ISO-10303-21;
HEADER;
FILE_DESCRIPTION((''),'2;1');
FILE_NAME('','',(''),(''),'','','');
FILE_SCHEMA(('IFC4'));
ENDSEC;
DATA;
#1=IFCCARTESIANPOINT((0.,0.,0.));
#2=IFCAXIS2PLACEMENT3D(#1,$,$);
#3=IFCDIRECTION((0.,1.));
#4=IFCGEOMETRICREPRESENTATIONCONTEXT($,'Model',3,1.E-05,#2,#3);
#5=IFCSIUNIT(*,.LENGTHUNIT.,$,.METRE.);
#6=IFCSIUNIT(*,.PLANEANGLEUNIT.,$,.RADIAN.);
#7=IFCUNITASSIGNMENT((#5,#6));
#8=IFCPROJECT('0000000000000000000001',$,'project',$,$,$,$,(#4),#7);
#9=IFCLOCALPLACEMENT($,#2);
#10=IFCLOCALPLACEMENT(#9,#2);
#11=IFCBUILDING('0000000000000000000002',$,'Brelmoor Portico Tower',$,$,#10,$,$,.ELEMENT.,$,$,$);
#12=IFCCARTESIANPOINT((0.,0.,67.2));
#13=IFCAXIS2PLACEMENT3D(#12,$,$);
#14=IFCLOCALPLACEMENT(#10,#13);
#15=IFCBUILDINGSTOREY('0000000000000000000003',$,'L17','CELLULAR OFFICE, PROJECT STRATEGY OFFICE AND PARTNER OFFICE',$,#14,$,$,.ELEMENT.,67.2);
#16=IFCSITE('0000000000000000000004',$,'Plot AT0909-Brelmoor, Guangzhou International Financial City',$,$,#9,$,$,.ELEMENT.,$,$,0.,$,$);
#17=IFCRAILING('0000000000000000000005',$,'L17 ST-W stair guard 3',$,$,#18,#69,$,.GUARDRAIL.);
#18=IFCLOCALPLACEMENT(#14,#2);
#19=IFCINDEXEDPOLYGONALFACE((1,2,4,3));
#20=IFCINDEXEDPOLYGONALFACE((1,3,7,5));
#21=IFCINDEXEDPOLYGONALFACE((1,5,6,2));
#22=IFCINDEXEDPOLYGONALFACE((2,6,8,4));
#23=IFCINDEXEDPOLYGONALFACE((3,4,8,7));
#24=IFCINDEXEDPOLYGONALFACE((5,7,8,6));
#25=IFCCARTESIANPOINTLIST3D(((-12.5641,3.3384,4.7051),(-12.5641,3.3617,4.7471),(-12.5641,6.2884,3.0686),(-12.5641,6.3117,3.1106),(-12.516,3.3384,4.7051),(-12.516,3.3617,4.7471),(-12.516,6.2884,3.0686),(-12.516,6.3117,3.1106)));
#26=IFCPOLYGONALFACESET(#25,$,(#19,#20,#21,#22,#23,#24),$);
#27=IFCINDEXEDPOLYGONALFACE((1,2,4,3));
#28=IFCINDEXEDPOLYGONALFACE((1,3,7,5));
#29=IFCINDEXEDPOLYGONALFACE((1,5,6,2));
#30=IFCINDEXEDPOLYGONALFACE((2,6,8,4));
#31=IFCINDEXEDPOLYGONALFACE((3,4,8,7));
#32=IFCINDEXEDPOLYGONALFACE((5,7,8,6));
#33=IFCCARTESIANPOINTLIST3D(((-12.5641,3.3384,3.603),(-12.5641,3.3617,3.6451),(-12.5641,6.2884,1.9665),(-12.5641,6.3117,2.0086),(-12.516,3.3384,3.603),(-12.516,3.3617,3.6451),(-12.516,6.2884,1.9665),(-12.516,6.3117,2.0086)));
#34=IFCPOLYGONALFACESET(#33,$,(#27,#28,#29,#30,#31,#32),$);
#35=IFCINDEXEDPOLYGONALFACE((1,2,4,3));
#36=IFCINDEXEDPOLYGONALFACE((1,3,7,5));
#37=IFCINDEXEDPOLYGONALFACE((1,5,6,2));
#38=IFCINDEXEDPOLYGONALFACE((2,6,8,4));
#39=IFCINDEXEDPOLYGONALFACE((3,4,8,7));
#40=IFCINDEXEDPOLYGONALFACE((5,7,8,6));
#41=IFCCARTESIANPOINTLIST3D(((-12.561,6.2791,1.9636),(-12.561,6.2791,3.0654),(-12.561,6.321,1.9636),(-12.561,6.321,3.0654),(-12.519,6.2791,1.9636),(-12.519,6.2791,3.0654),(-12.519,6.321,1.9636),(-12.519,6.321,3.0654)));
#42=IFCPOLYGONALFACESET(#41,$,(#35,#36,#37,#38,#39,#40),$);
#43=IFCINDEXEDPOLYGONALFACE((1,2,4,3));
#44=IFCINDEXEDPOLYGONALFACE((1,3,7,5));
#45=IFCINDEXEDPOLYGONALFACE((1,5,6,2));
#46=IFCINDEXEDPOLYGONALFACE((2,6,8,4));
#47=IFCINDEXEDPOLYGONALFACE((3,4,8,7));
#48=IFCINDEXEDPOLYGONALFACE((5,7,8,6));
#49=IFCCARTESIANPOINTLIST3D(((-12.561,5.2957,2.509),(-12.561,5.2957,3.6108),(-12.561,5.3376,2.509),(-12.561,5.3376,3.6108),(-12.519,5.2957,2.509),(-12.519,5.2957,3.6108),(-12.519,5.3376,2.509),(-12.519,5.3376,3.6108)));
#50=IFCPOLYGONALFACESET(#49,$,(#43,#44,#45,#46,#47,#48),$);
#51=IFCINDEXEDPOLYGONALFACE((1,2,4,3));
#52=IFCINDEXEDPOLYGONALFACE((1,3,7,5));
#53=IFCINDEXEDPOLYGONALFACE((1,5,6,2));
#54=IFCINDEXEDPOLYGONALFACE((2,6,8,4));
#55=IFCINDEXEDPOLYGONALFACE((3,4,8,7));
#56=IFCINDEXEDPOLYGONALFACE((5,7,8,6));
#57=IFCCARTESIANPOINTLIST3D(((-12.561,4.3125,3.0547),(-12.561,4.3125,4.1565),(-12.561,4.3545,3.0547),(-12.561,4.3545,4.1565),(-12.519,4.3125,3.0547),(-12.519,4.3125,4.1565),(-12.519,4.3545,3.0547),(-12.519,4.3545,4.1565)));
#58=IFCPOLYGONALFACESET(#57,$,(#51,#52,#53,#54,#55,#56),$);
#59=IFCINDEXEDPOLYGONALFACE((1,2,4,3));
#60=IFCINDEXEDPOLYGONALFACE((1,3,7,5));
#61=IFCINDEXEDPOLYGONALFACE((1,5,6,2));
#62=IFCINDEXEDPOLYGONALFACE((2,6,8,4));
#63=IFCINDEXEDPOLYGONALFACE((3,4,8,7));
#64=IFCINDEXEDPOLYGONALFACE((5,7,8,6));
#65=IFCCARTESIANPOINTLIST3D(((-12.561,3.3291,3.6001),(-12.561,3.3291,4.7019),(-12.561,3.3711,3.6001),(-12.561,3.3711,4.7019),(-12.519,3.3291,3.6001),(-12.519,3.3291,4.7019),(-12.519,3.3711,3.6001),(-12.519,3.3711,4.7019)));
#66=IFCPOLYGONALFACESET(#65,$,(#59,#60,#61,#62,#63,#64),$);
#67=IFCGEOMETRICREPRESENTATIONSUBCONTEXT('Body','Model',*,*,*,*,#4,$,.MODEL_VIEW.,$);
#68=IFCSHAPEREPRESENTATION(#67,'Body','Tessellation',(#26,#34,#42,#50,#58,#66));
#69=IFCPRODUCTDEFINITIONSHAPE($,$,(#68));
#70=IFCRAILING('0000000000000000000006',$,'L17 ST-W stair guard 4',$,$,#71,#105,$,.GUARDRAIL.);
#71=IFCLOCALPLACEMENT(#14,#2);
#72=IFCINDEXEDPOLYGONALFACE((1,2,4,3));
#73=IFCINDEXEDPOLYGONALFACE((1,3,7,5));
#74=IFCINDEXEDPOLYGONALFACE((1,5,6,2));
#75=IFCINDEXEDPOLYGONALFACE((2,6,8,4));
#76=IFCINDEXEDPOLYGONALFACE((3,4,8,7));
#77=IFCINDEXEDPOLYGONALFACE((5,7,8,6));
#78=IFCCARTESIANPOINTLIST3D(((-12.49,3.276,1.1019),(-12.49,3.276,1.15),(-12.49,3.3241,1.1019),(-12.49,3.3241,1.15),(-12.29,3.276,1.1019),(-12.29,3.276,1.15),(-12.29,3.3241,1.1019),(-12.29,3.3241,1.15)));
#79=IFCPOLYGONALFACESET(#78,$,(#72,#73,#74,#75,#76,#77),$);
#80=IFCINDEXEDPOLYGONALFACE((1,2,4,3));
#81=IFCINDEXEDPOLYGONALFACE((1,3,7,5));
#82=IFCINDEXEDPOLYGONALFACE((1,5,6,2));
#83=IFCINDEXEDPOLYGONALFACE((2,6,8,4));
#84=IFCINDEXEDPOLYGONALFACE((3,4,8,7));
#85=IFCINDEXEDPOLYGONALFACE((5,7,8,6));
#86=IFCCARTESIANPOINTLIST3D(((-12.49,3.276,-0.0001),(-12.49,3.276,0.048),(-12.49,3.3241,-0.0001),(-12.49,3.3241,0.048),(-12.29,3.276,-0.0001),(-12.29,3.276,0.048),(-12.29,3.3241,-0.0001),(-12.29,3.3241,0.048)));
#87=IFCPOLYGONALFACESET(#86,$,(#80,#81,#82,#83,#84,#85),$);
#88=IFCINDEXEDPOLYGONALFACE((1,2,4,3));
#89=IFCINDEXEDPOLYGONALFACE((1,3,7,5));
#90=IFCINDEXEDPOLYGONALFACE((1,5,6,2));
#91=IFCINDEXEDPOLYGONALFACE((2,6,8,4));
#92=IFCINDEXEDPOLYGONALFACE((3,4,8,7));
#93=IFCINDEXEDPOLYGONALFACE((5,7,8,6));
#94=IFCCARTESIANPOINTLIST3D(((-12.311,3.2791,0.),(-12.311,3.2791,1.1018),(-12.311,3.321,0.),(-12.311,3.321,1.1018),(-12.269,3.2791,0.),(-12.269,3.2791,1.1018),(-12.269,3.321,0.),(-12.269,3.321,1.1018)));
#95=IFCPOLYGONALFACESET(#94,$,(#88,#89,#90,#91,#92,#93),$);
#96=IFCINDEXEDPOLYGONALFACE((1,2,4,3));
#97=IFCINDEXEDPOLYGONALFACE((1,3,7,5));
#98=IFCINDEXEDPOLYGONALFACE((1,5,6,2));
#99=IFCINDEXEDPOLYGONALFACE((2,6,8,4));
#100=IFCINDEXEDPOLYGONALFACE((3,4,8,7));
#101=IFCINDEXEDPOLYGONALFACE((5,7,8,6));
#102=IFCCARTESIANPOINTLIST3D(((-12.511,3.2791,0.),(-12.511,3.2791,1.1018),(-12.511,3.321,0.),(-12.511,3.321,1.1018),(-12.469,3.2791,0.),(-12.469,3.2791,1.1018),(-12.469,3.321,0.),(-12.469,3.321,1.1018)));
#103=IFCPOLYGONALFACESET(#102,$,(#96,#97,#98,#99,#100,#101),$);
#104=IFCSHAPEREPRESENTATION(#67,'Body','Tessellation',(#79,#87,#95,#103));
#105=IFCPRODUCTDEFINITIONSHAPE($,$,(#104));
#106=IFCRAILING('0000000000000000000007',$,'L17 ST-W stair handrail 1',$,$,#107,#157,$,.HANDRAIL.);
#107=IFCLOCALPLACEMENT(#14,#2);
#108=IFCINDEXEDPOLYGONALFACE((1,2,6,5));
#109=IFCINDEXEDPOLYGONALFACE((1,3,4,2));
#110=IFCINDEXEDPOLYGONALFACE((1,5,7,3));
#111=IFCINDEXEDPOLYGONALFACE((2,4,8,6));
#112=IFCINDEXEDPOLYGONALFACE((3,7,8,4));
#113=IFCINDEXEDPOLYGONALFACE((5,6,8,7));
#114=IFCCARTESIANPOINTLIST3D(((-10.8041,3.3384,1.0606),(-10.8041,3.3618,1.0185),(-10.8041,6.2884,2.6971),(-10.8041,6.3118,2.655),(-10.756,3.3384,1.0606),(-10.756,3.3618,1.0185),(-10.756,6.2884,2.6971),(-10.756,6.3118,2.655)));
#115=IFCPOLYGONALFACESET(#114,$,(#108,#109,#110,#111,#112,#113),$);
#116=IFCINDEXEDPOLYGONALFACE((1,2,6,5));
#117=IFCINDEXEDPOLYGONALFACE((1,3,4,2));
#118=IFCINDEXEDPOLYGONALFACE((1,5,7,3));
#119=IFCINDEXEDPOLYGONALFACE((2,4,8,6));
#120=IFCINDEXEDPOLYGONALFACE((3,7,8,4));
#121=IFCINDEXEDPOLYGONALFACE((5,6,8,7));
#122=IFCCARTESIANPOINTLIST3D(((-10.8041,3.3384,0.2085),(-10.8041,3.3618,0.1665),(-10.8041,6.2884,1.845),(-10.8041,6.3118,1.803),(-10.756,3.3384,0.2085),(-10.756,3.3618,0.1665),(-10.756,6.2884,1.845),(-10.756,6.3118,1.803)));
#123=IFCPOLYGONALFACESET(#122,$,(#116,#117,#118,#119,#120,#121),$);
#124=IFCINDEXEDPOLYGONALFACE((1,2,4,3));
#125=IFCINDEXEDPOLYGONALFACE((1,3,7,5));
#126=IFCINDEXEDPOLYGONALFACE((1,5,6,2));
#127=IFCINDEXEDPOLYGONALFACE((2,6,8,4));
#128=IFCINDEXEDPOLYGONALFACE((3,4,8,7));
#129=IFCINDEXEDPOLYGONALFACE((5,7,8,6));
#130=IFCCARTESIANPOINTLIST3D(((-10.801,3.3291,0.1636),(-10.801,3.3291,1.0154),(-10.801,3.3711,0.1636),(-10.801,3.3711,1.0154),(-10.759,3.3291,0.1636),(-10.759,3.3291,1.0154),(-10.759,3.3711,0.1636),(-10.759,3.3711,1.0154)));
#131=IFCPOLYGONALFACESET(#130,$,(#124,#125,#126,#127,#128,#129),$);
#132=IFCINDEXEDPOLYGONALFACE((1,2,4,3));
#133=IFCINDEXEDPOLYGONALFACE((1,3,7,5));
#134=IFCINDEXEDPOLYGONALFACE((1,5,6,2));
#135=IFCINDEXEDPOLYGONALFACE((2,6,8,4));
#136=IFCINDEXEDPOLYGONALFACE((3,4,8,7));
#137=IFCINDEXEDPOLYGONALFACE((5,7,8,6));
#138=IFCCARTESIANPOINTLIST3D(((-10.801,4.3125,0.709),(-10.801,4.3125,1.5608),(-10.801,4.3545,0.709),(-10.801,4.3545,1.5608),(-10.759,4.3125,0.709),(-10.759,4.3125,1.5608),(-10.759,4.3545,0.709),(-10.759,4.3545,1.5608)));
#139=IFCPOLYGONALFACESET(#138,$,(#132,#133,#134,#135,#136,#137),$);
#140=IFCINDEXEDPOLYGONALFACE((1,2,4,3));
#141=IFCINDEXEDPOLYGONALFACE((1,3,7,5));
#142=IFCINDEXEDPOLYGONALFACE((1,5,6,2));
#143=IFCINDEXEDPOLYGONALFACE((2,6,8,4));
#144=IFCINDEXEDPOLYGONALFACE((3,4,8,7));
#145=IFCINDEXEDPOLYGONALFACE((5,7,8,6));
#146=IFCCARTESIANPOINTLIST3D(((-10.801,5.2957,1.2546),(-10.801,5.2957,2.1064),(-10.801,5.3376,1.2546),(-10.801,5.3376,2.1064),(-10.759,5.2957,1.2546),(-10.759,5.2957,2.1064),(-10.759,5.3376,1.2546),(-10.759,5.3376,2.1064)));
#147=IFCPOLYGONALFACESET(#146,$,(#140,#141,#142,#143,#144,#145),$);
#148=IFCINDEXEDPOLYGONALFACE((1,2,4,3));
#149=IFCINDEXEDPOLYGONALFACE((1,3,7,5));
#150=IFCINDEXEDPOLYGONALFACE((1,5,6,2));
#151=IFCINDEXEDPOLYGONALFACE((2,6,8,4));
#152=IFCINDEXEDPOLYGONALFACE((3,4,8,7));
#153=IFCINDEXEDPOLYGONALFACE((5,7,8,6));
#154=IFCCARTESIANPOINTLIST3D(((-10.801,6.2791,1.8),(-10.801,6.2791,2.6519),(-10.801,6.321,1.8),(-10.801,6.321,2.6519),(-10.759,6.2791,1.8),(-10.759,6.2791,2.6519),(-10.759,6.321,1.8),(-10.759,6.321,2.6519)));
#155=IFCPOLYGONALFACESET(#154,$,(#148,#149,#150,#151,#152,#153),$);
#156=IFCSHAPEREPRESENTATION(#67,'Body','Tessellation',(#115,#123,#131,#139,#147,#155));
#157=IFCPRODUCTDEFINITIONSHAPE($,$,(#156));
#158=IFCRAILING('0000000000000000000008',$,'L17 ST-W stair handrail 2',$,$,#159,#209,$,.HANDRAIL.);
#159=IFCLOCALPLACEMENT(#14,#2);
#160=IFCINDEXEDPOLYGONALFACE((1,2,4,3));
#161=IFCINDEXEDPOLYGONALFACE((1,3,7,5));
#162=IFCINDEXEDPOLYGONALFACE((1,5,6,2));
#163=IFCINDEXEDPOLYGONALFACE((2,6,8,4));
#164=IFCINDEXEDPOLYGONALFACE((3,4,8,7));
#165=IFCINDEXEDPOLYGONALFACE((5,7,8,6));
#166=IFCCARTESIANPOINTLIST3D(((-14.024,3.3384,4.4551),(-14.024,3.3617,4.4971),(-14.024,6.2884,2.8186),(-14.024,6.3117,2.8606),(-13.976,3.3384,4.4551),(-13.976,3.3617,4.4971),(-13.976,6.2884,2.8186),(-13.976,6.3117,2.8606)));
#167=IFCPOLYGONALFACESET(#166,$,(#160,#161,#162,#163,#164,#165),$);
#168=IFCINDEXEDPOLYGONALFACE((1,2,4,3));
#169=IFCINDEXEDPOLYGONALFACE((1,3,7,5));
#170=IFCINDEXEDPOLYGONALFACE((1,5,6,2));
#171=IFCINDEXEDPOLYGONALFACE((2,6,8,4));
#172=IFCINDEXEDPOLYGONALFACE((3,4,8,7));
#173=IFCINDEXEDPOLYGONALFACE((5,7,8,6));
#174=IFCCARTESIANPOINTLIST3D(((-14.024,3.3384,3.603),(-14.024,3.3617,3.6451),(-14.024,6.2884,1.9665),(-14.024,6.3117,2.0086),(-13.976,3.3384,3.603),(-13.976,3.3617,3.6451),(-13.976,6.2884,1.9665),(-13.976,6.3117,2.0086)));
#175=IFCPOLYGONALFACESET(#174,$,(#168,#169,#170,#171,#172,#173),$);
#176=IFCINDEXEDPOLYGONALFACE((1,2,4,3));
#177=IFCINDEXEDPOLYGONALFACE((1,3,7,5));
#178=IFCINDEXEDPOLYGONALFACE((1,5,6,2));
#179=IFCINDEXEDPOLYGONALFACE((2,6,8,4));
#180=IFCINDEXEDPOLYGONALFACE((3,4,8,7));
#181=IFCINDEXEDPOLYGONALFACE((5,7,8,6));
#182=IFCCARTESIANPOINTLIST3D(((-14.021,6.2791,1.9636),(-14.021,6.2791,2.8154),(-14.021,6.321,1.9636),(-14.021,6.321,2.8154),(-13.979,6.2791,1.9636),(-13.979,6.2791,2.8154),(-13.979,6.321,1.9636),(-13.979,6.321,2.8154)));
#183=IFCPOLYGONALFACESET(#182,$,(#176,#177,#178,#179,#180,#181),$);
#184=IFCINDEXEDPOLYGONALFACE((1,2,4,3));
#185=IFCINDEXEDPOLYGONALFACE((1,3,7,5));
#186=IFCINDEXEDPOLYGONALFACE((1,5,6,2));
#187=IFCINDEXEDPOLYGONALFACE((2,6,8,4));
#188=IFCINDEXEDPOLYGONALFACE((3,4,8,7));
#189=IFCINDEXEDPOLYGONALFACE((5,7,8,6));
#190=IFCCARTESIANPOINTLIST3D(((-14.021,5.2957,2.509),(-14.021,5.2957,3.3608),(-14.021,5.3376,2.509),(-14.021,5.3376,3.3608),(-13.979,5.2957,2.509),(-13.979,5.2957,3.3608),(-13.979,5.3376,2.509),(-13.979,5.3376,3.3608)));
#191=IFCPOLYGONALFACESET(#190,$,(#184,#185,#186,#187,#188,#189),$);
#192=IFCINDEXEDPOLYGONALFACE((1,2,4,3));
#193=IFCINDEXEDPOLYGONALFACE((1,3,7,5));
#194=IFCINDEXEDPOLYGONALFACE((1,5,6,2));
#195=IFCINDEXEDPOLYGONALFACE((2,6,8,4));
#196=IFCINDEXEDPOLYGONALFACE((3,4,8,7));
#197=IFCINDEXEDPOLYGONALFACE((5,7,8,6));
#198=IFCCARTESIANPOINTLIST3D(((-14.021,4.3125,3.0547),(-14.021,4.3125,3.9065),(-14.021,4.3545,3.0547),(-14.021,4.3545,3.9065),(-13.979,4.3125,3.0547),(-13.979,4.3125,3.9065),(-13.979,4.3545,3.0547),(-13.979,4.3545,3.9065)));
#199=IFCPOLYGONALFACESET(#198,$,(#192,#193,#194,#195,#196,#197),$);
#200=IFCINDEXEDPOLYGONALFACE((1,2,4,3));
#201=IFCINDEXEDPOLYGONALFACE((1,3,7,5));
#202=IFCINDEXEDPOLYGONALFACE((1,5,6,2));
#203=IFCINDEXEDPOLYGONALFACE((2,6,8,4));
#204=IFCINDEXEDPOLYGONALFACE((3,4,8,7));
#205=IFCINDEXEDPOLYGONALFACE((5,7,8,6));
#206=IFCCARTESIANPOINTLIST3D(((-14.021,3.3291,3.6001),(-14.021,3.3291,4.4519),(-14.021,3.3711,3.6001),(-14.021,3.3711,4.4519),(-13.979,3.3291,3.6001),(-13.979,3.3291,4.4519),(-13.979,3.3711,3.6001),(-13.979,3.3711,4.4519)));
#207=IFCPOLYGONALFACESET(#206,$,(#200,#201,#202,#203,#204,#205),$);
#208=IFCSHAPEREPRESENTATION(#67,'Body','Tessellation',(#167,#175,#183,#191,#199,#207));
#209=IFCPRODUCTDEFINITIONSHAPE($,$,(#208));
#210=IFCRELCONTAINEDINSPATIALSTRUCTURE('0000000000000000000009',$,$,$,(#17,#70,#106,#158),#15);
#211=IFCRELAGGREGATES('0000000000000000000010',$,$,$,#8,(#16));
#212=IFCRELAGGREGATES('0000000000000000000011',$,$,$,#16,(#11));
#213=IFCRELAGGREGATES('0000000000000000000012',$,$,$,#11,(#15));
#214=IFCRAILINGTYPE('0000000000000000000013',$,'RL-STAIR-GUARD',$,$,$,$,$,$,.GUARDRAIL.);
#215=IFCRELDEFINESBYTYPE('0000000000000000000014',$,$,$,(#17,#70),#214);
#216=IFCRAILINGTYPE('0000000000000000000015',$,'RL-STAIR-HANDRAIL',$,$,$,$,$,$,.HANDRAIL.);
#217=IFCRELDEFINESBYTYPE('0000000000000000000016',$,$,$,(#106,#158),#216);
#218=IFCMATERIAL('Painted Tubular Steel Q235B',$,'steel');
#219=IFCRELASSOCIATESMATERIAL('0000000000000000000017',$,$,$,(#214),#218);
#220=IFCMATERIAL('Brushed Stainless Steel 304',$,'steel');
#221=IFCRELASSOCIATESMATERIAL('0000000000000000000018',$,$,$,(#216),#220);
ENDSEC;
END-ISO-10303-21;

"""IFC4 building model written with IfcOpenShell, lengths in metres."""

from ifc_helpers import new_model, si_unit, direction, frame, origin, origin_2d, place, context, subcontext, project, spatial, rectangle, extrude, material, type_object, element, save


model = new_model("IFC4")

# Units and contexts
model_context = context("Model", 3, precision=1e-05, world=origin(), true_north=direction((0.0, 1.0)))
body_context = subcontext(model_context, "Body", "Model", "MODEL_VIEW")
ifc_project = project(units=[si_unit("LENGTHUNIT", "METRE"), si_unit("PLANEANGLEUNIT", "RADIAN")], contexts=[model_context])

# Site, building, storey
site_placement = place(None, origin())
site = spatial("IfcSite", under=ifc_project, at=site_placement, Name="Plot AT0909-Brelmoor, Guangzhou International Financial City", CompositionType="ELEMENT", RefElevation=0.0)
building_placement = place(site_placement, origin())
building = spatial("IfcBuilding", under=site, at=building_placement, Name="Brelmoor Portico Tower", CompositionType="ELEMENT")
storey_placement = place(building_placement, frame((0.0, 0.0, 67.2)))
storey = spatial("IfcBuildingStorey", under=building, at=storey_placement, Name="L17", Description="CELLULAR OFFICE, PROJECT STRATEGY OFFICE AND PARTNER OFFICE", CompositionType="ELEMENT", Elevation=67.2)

# Railings
ifc_material_1 = material(Name="Painted Tubular Steel Q235B", Category="steel")
railing_type_1 = type_object("IfcRailingType", Name="RL-STAIR-GUARD", PredefinedType="GUARDRAIL", material=ifc_material_1)
railing_1_placement = place(storey_placement, frame((-12.54, 6.3, 1.9636)))
element("IfcRailing", 1, at=railing_1_placement, inside=storey, type_object=railing_type_1, Name="L17 ST-W stair guard 3", PredefinedType="GUARDRAIL", context=body_context, shape_type="SweptSolid", body=[
    extrude(rectangle(XDim=0.0481, YDim=0.0481, at=origin_2d()), frame((0.0, 0.0, 1.126), z_axis=(0.0, -0.874458, 0.485102), x_axis=(1.0, 0.0, 0.0)), (0.0, 0.0, 1.0), 3.3735),
    extrude(rectangle(XDim=0.0481, YDim=0.0481, at=origin_2d()), frame((0.0, 0.0, 0.0239), z_axis=(0.0, -0.874458, 0.485102), x_axis=(1.0, 0.0, 0.0)), (0.0, 0.0, 1.0), 3.3735),
    extrude(rectangle(XDim=0.042, YDim=0.042, at=origin_2d()), origin(), (0.0, 0.0, 1.0), 1.1018),
    extrude(rectangle(XDim=0.042, YDim=0.042, at=origin_2d()), frame((0.0, -0.9834, 0.5454)), (0.0, 0.0, 1.0), 1.1018),
    extrude(rectangle(XDim=0.042, YDim=0.042, at=origin_2d()), frame((0.0, -1.9666, 1.0911)), (0.0, 0.0, 1.0), 1.1018),
    extrude(rectangle(XDim=0.042, YDim=0.042, at=origin_2d()), frame((0.0, -2.95, 1.6365)), (0.0, 0.0, 1.0), 1.1018),
])
railing_2_placement = place(storey_placement, frame((-12.29, 3.3, 0.0)))
element("IfcRailing", 2, at=railing_2_placement, inside=storey, type_object=railing_type_1, Name="L17 ST-W stair guard 4", PredefinedType="GUARDRAIL", context=body_context, shape_type="SweptSolid", body=[
    extrude(rectangle(XDim=0.0481, YDim=0.0481, at=origin_2d()), frame((0.0, 0.0, 1.126), z_axis=(-1.0, 0.0, 0.0), x_axis=(0.0, -1.0, 0.0)), (0.0, 0.0, 1.0), 0.2),
    extrude(rectangle(XDim=0.0481, YDim=0.0481, at=origin_2d()), frame((0.0, 0.0, 0.0239), z_axis=(-1.0, 0.0, 0.0), x_axis=(0.0, -1.0, 0.0)), (0.0, 0.0, 1.0), 0.2),
    extrude(rectangle(XDim=0.042, YDim=0.042, at=origin_2d()), origin(), (0.0, 0.0, 1.0), 1.1018),
    extrude(rectangle(XDim=0.042, YDim=0.042, at=origin_2d()), frame((-0.2, 0.0, 0.0)), (0.0, 0.0, 1.0), 1.1018),
])
ifc_material_2 = material(Name="Brushed Stainless Steel 304", Category="steel")
railing_type_2 = type_object("IfcRailingType", Name="RL-STAIR-HANDRAIL", PredefinedType="HANDRAIL", material=ifc_material_2)
railing_3_placement = place(storey_placement, frame((-10.78, 3.3501, 0.1636)))
element("IfcRailing", 3, at=railing_3_placement, inside=storey, type_object=railing_type_2, Name="L17 ST-W stair handrail 1", PredefinedType="HANDRAIL", context=body_context, shape_type="SweptSolid", body=[
    extrude(rectangle(XDim=0.0481, YDim=0.0481, at=origin_2d()), frame((0.0, 0.0, 0.876), z_axis=(0.0, 0.874458, 0.485102), x_axis=(-1.0, 0.0, 0.0)), (0.0, 0.0, 1.0), 3.3735),
    extrude(rectangle(XDim=0.0481, YDim=0.0481, at=origin_2d()), frame((0.0, 0.0, 0.0239), z_axis=(0.0, 0.874458, 0.485102), x_axis=(-1.0, 0.0, 0.0)), (0.0, 0.0, 1.0), 3.3735),
    extrude(rectangle(XDim=0.042, YDim=0.042, at=origin_2d()), origin(), (0.0, 0.0, 1.0), 0.8518),
    extrude(rectangle(XDim=0.042, YDim=0.042, at=origin_2d()), frame((0.0, 0.9834, 0.5454)), (0.0, 0.0, 1.0), 0.8518),
    extrude(rectangle(XDim=0.042, YDim=0.042, at=origin_2d()), frame((0.0, 1.9666, 1.0911)), (0.0, 0.0, 1.0), 0.8518),
    extrude(rectangle(XDim=0.042, YDim=0.042, at=origin_2d()), frame((0.0, 2.95, 1.6365)), (0.0, 0.0, 1.0), 0.8518),
])
railing_4_placement = place(storey_placement, frame((-14.0, 6.3, 1.9636)))
element("IfcRailing", 4, at=railing_4_placement, inside=storey, type_object=railing_type_2, Name="L17 ST-W stair handrail 2", PredefinedType="HANDRAIL", context=body_context, shape_type="SweptSolid", body=[
    extrude(rectangle(XDim=0.0481, YDim=0.0481, at=origin_2d()), frame((0.0, 0.0, 0.876), z_axis=(0.0, -0.874458, 0.485102), x_axis=(1.0, 0.0, 0.0)), (0.0, 0.0, 1.0), 3.3735),
    extrude(rectangle(XDim=0.0481, YDim=0.0481, at=origin_2d()), frame((0.0, 0.0, 0.0239), z_axis=(0.0, -0.874458, 0.485102), x_axis=(1.0, 0.0, 0.0)), (0.0, 0.0, 1.0), 3.3735),
    extrude(rectangle(XDim=0.042, YDim=0.042, at=origin_2d()), origin(), (0.0, 0.0, 1.0), 0.8518),
    extrude(rectangle(XDim=0.042, YDim=0.042, at=origin_2d()), frame((0.0, -0.9834, 0.5454)), (0.0, 0.0, 1.0), 0.8518),
    extrude(rectangle(XDim=0.042, YDim=0.042, at=origin_2d()), frame((0.0, -1.9666, 1.0911)), (0.0, 0.0, 1.0), 0.8518),
    extrude(rectangle(XDim=0.042, YDim=0.042, at=origin_2d()), frame((0.0, -2.95, 1.6365)), (0.0, 0.0, 1.0), 0.8518),
])

save(model, "model.ifc")
